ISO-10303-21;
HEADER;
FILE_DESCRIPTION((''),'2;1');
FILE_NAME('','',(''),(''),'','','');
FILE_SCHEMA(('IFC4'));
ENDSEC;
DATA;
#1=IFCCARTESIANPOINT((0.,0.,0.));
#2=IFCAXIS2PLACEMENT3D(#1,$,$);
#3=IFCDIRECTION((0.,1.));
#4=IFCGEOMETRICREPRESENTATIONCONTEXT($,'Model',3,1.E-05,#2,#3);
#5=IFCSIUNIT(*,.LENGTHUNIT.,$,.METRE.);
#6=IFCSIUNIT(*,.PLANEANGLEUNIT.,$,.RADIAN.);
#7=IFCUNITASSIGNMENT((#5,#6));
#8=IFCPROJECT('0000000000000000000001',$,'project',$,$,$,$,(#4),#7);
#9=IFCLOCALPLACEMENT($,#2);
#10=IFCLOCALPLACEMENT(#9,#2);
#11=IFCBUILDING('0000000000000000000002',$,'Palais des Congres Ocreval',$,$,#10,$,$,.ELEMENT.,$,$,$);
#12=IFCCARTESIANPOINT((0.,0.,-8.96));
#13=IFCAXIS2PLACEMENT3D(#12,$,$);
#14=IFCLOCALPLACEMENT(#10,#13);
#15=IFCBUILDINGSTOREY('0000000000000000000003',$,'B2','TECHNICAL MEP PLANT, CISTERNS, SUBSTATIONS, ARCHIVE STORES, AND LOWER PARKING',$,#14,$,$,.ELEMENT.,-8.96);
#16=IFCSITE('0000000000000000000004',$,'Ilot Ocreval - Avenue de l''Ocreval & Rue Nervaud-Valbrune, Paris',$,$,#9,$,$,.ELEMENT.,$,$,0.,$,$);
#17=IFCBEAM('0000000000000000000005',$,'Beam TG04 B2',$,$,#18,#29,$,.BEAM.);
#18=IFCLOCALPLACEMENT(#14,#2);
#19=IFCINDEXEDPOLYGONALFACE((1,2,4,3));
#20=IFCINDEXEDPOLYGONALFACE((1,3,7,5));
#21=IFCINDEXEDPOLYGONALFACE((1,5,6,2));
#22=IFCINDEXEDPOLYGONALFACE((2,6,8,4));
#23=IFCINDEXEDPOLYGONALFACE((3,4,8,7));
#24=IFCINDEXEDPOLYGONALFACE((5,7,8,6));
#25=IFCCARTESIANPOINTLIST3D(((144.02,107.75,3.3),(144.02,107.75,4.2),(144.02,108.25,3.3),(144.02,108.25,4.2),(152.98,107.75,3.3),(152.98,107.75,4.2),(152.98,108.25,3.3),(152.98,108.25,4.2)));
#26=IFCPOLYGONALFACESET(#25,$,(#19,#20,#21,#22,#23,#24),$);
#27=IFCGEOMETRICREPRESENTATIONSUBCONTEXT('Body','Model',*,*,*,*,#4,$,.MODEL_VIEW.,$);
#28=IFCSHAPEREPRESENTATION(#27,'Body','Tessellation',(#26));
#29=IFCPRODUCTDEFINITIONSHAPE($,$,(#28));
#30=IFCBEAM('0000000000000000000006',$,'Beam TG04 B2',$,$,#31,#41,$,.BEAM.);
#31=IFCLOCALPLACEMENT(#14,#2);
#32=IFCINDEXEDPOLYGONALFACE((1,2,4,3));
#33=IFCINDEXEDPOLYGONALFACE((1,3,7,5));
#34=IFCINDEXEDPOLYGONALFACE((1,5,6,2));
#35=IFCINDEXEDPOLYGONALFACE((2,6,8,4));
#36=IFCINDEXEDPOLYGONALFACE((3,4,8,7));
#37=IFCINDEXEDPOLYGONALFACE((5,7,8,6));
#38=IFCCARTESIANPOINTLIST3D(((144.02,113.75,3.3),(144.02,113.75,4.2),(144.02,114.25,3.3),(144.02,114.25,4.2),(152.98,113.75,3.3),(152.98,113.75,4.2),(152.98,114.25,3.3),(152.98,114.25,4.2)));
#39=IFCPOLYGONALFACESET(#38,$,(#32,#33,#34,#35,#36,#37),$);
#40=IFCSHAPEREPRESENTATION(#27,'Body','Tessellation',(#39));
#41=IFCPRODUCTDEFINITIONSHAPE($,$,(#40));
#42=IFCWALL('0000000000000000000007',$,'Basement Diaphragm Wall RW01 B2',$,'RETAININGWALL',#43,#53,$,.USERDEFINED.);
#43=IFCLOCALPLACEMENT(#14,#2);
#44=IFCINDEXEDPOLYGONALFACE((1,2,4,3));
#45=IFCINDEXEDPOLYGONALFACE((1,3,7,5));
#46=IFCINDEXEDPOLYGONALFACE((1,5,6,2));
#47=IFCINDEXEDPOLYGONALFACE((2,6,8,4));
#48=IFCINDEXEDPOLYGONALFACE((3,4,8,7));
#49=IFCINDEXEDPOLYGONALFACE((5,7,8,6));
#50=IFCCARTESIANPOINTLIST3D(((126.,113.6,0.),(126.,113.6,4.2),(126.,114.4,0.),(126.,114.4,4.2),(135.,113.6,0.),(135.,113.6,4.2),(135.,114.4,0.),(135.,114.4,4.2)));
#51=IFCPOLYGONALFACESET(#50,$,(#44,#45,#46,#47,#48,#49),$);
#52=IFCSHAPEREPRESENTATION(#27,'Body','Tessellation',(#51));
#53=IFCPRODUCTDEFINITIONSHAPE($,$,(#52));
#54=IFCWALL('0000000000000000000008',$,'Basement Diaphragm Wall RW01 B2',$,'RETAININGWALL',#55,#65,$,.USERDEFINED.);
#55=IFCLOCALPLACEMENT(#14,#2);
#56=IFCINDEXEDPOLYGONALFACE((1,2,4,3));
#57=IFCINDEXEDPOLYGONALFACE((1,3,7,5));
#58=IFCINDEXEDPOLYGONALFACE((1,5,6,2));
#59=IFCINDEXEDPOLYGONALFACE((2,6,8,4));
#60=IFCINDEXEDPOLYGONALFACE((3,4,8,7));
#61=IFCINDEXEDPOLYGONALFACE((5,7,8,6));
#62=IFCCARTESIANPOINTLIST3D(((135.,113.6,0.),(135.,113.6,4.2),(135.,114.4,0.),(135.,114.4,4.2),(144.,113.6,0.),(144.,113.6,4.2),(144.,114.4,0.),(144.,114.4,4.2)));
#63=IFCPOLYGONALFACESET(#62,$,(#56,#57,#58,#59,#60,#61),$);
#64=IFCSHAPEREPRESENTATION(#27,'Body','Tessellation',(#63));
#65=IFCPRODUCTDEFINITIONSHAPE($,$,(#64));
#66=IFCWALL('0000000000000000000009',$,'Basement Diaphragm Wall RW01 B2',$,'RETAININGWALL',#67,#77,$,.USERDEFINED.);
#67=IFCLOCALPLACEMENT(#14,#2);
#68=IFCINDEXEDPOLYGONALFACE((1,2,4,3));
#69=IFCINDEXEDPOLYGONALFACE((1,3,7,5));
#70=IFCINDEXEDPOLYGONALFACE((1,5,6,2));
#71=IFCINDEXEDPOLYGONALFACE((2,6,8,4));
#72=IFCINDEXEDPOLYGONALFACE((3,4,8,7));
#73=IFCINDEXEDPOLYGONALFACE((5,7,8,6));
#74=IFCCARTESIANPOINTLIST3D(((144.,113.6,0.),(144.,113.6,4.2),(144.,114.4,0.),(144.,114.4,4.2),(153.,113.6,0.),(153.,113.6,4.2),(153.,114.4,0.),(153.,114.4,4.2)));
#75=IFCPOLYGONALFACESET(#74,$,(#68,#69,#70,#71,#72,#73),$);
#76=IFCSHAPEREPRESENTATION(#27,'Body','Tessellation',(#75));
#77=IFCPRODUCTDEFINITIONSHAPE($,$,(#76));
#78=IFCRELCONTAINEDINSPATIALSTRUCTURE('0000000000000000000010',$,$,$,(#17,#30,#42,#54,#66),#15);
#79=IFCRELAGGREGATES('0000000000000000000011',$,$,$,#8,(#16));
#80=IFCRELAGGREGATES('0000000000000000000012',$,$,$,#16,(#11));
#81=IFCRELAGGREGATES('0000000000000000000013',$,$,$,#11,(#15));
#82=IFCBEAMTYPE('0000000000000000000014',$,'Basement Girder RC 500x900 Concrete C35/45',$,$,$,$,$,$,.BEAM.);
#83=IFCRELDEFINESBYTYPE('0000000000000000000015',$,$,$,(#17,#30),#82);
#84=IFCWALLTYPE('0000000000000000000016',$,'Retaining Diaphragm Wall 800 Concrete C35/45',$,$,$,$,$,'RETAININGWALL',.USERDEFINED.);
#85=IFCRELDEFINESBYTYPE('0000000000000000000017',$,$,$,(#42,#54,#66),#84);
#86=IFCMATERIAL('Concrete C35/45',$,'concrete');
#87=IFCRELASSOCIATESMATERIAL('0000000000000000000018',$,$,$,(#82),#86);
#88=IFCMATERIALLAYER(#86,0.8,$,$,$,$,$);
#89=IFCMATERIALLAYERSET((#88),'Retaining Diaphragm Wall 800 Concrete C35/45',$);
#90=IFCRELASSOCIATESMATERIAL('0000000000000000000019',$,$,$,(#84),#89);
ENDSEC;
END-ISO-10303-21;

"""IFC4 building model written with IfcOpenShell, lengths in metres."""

from ifc_helpers import new_model, si_unit, direction, frame, frame_2d, origin, origin_2d, place, context, subcontext, project, spatial, rectangle, extrude, material, layer, layer_set, material_profile, profile_set, type_object, element, save


model = new_model("IFC4")

# Units and contexts
model_context = context("Model", 3, precision=1e-05, world=origin(), true_north=direction((0.0, 1.0)))
body_context = subcontext(model_context, "Body", "Model", "MODEL_VIEW")
ifc_project = project(units=[si_unit("LENGTHUNIT", "METRE"), si_unit("PLANEANGLEUNIT", "RADIAN")], contexts=[model_context])

# Site, building, storey
site_placement = place(None, origin())
site = spatial("IfcSite", under=ifc_project, at=site_placement, Name="Ilot Ocreval - Avenue de l'Ocreval & Rue Nervaud-Valbrune, Paris", CompositionType="ELEMENT", RefElevation=0.0)
building_placement = place(site_placement, origin())
building = spatial("IfcBuilding", under=site, at=building_placement, Name="Palais des Congres Ocreval", CompositionType="ELEMENT")
storey_placement = place(building_placement, frame((0.0, 0.0, -8.96)))
storey = spatial("IfcBuildingStorey", under=building, at=storey_placement, Name="B2", Description="TECHNICAL MEP PLANT, CISTERNS, SUBSTATIONS, ARCHIVE STORES, AND LOWER PARKING", CompositionType="ELEMENT", Elevation=-8.96)

# Shared definitions
ifc_material_1 = material(Name="Concrete C35/45", Category="concrete")

# Beams
ifc_material_profile_1 = material_profile(ifc_material_1, rectangle(XDim=0.5, YDim=0.8999, at=origin_2d()), Name="RC 500x900")
ifc_profile_set_1 = profile_set([ifc_material_profile_1], Name="Concrete C35/45")
beam_type_1 = type_object("IfcBeamType", Name="Basement Girder RC 500x900 Concrete C35/45", PredefinedType="BEAM", material=ifc_profile_set_1)
for number, where, z_axis, x_axis, name in (
    (1, (144.02, 108.0, 3.75), (1.0, 0.0, 0.0), (0.0, 1.0, 0.0), "Beam TG04 B2"),
    (2, (144.02, 114.0, 3.75), (1.0, 0.0, 0.0), (0.0, 1.0, 0.0), "Beam TG04 B2"),
):
    element("IfcBeam", number, at=place(storey_placement, frame(where, z_axis=z_axis, x_axis=x_axis)), inside=storey, type_object=beam_type_1, Name=name, PredefinedType="BEAM", context=body_context, shape_type="SweptSolid", body=[
        extrude(rectangle(XDim=0.5, YDim=0.8999, at=origin_2d()), origin(), (0.0, 0.0, 1.0), 8.96),
    ])

# Walls
ifc_layer = layer(ifc_material_1, 0.8)
ifc_layer_set = layer_set([ifc_layer], Name="Retaining Diaphragm Wall 800 Concrete C35/45")
wall_type = type_object("IfcWallType", Name="Retaining Diaphragm Wall 800 Concrete C35/45", ElementType="RETAININGWALL", PredefinedType="USERDEFINED", material=ifc_layer_set)
for number, where, z_axis, x_axis, name in (
    (3, (126.0, 114.0, 0.0), (0.0, 0.0, 1.0), (1.0, 0.0, 0.0), "Basement Diaphragm Wall RW01 B2"),
    (4, (135.0, 114.0, 0.0), (0.0, 0.0, 1.0), (1.0, 0.0, 0.0), "Basement Diaphragm Wall RW01 B2"),
    (5, (144.0, 114.0, 0.0), (0.0, 0.0, 1.0), (1.0, 0.0, 0.0), "Basement Diaphragm Wall RW01 B2"),
):
    element("IfcWall", number, at=place(storey_placement, frame(where, z_axis=z_axis, x_axis=x_axis)), inside=storey, type_object=wall_type, Name=name, ObjectType="RETAININGWALL", PredefinedType="USERDEFINED", context=body_context, shape_type="SweptSolid", body=[
        extrude(rectangle(XDim=9.0, YDim=0.8, at=frame_2d((4.5, 0.0))), origin(), (0.0, 0.0, 1.0), 4.2),
    ])

save(model, "model.ifc")
